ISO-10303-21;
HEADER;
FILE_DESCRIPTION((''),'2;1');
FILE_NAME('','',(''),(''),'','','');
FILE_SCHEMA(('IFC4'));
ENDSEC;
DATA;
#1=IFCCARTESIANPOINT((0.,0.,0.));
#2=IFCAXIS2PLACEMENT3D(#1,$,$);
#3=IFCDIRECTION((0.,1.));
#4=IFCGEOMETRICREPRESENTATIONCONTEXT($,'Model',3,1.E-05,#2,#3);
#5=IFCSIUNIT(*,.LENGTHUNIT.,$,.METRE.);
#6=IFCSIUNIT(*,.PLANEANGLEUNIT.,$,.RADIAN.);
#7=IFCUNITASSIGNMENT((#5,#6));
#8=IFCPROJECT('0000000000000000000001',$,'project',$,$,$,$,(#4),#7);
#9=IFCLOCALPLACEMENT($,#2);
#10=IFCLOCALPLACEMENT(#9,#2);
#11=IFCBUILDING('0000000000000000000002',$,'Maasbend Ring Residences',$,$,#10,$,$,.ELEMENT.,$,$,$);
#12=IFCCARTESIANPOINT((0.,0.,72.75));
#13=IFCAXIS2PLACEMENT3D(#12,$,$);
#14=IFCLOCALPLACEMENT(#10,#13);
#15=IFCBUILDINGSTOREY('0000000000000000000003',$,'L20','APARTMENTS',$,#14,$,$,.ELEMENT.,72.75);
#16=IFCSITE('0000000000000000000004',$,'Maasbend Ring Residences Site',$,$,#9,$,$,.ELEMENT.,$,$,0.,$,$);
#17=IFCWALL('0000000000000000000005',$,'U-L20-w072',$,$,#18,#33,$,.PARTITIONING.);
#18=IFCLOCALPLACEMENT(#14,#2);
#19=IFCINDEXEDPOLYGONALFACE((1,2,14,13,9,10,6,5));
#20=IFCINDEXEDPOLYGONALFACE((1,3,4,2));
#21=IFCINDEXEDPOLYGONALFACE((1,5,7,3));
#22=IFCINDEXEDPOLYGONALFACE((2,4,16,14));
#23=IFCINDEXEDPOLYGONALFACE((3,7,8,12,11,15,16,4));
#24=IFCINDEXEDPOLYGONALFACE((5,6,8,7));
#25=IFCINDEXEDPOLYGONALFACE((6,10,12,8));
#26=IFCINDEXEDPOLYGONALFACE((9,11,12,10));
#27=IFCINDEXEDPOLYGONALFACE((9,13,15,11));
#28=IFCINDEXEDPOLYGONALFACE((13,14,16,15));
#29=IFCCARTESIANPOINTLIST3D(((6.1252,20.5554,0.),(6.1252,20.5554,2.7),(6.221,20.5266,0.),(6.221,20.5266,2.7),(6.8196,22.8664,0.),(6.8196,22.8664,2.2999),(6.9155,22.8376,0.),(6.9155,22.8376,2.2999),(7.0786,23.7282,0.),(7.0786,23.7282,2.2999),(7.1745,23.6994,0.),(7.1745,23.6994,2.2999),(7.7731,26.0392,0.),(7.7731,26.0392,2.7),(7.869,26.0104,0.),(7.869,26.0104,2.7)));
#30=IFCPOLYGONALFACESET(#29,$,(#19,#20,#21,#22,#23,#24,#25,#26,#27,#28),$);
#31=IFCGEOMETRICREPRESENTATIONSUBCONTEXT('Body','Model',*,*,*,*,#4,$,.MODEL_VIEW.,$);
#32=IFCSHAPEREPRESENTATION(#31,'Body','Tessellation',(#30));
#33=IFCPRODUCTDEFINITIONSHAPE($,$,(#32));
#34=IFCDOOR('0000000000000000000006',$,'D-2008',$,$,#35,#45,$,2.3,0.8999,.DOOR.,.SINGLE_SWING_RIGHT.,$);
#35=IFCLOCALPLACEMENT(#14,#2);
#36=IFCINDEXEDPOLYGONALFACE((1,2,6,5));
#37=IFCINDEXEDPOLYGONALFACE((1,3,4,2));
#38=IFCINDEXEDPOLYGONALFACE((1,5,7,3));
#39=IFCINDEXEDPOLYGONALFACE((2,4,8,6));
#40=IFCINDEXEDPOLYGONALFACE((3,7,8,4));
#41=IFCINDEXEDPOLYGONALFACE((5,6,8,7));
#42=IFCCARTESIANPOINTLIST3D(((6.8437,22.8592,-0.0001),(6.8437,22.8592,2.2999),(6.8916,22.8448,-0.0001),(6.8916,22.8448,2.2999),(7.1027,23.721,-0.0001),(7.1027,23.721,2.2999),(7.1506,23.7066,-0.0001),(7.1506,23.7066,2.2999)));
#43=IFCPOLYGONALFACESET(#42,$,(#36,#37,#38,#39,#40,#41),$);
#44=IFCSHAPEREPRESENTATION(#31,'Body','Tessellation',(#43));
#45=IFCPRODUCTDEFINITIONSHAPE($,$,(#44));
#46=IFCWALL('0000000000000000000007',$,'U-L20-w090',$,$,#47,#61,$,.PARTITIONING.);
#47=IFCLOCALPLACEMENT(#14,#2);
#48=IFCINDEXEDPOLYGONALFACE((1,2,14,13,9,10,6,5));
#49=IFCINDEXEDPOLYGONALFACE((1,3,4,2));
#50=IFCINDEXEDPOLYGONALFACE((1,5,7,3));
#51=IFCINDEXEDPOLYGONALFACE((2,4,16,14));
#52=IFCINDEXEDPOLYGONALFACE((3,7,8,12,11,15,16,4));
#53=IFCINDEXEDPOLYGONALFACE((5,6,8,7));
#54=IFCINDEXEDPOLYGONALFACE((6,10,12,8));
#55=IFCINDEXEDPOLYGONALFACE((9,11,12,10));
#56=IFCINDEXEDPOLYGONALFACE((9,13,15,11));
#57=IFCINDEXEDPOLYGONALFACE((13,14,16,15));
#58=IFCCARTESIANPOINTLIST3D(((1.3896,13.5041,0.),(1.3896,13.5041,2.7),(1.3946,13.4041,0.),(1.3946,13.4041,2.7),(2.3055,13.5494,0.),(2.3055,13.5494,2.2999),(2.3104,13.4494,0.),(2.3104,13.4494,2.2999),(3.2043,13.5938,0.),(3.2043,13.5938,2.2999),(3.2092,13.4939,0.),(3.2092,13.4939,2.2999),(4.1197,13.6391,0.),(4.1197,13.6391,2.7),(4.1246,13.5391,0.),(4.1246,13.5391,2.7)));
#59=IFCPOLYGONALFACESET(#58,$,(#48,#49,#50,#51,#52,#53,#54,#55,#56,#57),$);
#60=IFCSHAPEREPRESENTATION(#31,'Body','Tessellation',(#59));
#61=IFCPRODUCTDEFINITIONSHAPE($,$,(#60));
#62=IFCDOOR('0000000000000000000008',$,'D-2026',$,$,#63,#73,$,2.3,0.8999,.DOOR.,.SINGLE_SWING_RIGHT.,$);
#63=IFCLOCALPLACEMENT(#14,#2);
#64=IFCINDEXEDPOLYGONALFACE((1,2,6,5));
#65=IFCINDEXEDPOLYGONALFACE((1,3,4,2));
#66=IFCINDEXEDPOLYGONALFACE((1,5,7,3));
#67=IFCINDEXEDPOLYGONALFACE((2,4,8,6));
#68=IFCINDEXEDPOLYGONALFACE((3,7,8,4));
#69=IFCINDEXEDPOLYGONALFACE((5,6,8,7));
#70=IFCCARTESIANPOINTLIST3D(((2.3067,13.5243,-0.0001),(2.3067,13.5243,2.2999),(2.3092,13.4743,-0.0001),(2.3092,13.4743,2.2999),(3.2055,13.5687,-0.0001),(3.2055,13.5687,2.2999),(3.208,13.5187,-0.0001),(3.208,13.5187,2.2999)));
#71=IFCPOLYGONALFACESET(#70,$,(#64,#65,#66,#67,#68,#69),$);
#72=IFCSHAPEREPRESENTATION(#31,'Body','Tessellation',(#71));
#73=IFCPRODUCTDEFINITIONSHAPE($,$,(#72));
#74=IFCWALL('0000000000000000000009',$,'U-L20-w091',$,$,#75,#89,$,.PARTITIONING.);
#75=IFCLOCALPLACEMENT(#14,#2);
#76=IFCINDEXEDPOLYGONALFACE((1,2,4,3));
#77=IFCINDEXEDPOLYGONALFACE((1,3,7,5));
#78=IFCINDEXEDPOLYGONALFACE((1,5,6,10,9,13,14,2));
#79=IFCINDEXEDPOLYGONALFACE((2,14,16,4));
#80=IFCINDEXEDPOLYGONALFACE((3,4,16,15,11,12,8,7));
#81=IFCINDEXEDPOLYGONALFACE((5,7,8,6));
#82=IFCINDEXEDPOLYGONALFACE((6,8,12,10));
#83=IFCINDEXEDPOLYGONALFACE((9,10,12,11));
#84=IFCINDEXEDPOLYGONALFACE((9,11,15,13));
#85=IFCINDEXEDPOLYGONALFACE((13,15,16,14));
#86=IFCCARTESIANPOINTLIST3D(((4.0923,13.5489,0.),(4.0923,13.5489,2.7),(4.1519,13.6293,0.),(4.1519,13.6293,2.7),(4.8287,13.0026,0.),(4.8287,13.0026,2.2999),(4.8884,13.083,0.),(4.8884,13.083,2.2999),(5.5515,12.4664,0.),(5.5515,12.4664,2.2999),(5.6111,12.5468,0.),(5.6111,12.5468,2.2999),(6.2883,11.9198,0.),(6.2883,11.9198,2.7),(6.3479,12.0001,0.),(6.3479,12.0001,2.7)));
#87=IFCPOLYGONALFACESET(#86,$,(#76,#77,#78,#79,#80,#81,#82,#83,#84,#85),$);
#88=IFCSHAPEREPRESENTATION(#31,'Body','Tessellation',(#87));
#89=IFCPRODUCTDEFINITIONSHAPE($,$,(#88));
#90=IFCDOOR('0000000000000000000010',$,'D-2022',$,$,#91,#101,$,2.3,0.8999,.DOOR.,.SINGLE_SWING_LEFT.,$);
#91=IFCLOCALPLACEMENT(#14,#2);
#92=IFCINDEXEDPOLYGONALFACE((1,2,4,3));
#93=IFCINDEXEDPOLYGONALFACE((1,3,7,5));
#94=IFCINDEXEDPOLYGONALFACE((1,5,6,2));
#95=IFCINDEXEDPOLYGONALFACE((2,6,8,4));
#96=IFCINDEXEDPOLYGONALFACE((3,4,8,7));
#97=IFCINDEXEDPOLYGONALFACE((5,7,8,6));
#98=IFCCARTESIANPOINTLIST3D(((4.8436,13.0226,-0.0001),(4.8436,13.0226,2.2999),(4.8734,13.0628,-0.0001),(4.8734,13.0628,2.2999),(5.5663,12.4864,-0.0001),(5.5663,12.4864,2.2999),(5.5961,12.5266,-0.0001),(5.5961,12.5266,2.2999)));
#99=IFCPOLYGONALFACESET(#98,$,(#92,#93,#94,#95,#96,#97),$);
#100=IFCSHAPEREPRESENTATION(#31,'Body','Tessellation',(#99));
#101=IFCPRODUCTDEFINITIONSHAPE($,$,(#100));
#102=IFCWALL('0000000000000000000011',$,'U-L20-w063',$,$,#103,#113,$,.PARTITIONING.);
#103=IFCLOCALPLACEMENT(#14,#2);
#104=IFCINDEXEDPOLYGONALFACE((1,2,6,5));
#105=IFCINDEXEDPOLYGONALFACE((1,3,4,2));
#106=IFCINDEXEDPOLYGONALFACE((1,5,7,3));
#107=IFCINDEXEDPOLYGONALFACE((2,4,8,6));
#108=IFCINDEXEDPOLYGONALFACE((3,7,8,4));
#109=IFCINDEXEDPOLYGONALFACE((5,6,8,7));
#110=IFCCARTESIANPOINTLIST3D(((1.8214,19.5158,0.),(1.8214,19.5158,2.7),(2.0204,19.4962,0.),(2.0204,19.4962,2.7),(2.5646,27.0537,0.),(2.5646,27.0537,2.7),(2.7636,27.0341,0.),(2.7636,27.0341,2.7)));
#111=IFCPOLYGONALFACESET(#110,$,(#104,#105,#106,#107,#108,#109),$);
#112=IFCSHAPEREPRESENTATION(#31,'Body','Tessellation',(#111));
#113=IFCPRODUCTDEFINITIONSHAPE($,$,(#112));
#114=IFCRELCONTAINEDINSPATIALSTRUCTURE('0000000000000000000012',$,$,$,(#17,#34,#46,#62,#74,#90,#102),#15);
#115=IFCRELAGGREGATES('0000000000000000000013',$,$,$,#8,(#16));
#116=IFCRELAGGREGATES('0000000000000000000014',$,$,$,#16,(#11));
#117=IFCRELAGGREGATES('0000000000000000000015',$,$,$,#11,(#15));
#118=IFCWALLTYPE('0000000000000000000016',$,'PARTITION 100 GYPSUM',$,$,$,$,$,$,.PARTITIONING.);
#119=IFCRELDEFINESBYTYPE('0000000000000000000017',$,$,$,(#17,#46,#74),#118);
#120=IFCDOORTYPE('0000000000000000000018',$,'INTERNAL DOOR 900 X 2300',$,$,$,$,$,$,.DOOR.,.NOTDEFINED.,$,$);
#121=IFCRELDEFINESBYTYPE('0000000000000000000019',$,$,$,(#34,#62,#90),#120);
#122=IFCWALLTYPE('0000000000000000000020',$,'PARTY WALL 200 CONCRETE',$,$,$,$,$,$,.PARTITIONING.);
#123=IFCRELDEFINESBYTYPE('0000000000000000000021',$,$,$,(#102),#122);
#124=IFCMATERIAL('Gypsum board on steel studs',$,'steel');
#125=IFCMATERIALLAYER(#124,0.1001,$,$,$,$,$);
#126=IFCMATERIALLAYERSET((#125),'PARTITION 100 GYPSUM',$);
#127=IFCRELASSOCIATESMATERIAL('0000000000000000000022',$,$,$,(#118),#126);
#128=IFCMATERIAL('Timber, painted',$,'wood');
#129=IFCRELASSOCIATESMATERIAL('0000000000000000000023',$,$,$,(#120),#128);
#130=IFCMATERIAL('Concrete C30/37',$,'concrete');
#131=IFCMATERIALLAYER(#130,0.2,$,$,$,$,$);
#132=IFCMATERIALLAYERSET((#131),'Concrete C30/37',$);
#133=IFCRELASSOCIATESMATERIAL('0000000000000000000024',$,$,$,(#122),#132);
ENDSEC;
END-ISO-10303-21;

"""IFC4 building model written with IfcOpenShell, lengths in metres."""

from ifc_helpers import new_model, si_unit, direction, frame, frame_2d, origin, place, context, subcontext, project, spatial, rectangle, extrude, material, layer, layer_set, type_object, element, fill, save


model = new_model("IFC4")

# Units and contexts
model_context = context("Model", 3, precision=1e-05, world=origin(), true_north=direction((0.0, 1.0)))
body_context = subcontext(model_context, "Body", "Model", "MODEL_VIEW")
ifc_project = project(units=[si_unit("LENGTHUNIT", "METRE"), si_unit("PLANEANGLEUNIT", "RADIAN")], contexts=[model_context])

# Site, building, storey
site_placement = place(None, origin())
site = spatial("IfcSite", under=ifc_project, at=site_placement, Name="Maasbend Ring Residences Site", CompositionType="ELEMENT", RefElevation=0.0)
building_placement = place(site_placement, origin())
building = spatial("IfcBuilding", under=site, at=building_placement, Name="Maasbend Ring Residences", CompositionType="ELEMENT")
storey_placement = place(building_placement, frame((0.0, 0.0, 72.75)))
storey = spatial("IfcBuildingStorey", under=building, at=storey_placement, Name="L20", Description="APARTMENTS", CompositionType="ELEMENT", Elevation=72.75)

# Shared definitions
ifc_material_1 = material(Name="Gypsum board on steel studs", Category="steel")
ifc_layer_1 = layer(ifc_material_1, 0.1001)
ifc_layer_set_1 = layer_set([ifc_layer_1], Name="PARTITION 100 GYPSUM")
wall_type_1 = type_object("IfcWallType", Name="PARTITION 100 GYPSUM", PredefinedType="PARTITIONING", material=ifc_layer_set_1)
ifc_material_2 = material(Name="Timber, painted", Category="wood")
door_type_1 = type_object("IfcDoorType", Name="INTERNAL DOOR 900 X 2300", OperationType="NOTDEFINED", PredefinedType="DOOR", material=ifc_material_2)

# Walls, openings, doors
wall_1_placement = place(storey_placement, frame((6.1731, 20.541, 0.0), z_axis=(0.0, 0.0, 1.0), x_axis=(0.287794, 0.957692, 0.0)))
wall_1 = element("IfcWall", 1, at=wall_1_placement, inside=storey, type_object=wall_type_1, Name="U-L20-w072", PredefinedType="PARTITIONING", context=body_context, shape_type="SweptSolid", body=[
    extrude(rectangle(XDim=5.7261, YDim=0.1001, at=frame_2d((2.863, 0.0))), origin(), (0.0, 0.0, 1.0), 2.7),
])
opening_1_placement = place(wall_1_placement, frame((2.4131, 0.0, 0.0)))
opening_1 = element("IfcOpeningElement", 2, at=opening_1_placement, cuts=wall_1, PredefinedType="OPENING", context=body_context, shape_type="SweptSolid", body=[
    extrude(rectangle(XDim=0.8999, YDim=2.3, at=frame_2d((0.45, 1.1499))), frame((0.0, 0.0601, 0.0), z_axis=(0.0, -1.0, 0.0), x_axis=(1.0, 0.0, 0.0)), (0.0, 0.0, 1.0), 0.1201),
])
door_1_placement = place(opening_1_placement, origin())
door_1 = element("IfcDoor", 3, at=door_1_placement, inside=storey, type_object=door_type_1, Name="D-2008", OperationType="SINGLE_SWING_RIGHT", OverallHeight=2.3, OverallWidth=0.8999, PredefinedType="DOOR", context=body_context, shape_type="SweptSolid", body=[
    extrude(rectangle(XDim=0.8999, YDim=2.3, at=frame_2d((0.45, 1.1499))), frame((0.0, 0.0249, 0.0), z_axis=(0.0, -1.0, 0.0), x_axis=(1.0, 0.0, 0.0)), (0.0, 0.0, 1.0), 0.05),
])
fill(opening_1, door_1)
wall_2_placement = place(storey_placement, frame((1.3921, 13.4541, 0.0), z_axis=(0.0, 0.0, 1.0), x_axis=(0.998779, 0.049394, 0.0)))
wall_2 = element("IfcWall", 4, at=wall_2_placement, inside=storey, type_object=wall_type_1, Name="U-L20-w090", PredefinedType="PARTITIONING", context=body_context, shape_type="SweptSolid", body=[
    extrude(rectangle(XDim=2.7334, YDim=0.1001, at=frame_2d((1.3667, 0.0))), origin(), (0.0, 0.0, 1.0), 2.7),
])
opening_2_placement = place(wall_2_placement, frame((0.917, 0.0, 0.0)))
opening_2 = element("IfcOpeningElement", 5, at=opening_2_placement, cuts=wall_2, PredefinedType="OPENING", context=body_context, shape_type="SweptSolid", body=[
    extrude(rectangle(XDim=0.8999, YDim=2.3, at=frame_2d((0.45, 1.1499))), frame((0.0, 0.0601, 0.0), z_axis=(0.0, -1.0, 0.0), x_axis=(1.0, 0.0, 0.0)), (0.0, 0.0, 1.0), 0.1201),
])
door_2_placement = place(opening_2_placement, origin())
door_2 = element("IfcDoor", 6, at=door_2_placement, inside=storey, type_object=door_type_1, Name="D-2026", OperationType="SINGLE_SWING_RIGHT", OverallHeight=2.3, OverallWidth=0.8999, PredefinedType="DOOR", context=body_context, shape_type="SweptSolid", body=[
    extrude(rectangle(XDim=0.8999, YDim=2.3, at=frame_2d((0.45, 1.1499))), frame((0.0, 0.0249, 0.0), z_axis=(0.0, -1.0, 0.0), x_axis=(1.0, 0.0, 0.0)), (0.0, 0.0, 1.0), 0.05),
])
fill(opening_2, door_2)
wall_3_placement = place(storey_placement, frame((4.1221, 13.5891, 0.0), z_axis=(0.0, 0.0, 1.0), x_axis=(0.803128, -0.595806, 0.0)))
wall_3 = element("IfcWall", 7, at=wall_3_placement, inside=storey, type_object=wall_type_1, Name="U-L20-w091", PredefinedType="PARTITIONING", context=body_context, shape_type="SweptSolid", body=[
    extrude(rectangle(XDim=2.7344, YDim=0.1001, at=frame_2d((1.3672, 0.0))), origin(), (0.0, 0.0, 1.0), 2.7),
])
opening_3_placement = place(wall_3_placement, frame((0.917, 0.0, 0.0)))
opening_3 = element("IfcOpeningElement", 8, at=opening_3_placement, cuts=wall_3, PredefinedType="OPENING", context=body_context, shape_type="SweptSolid", body=[
    extrude(rectangle(XDim=0.8999, YDim=2.3, at=frame_2d((0.45, 1.1499))), frame((0.0, 0.0601, 0.0), z_axis=(0.0, -1.0, 0.0), x_axis=(1.0, 0.0, 0.0)), (0.0, 0.0, 1.0), 0.1201),
])
door_3_placement = place(opening_3_placement, origin())
door_3 = element("IfcDoor", 9, at=door_3_placement, inside=storey, type_object=door_type_1, Name="D-2022", OperationType="SINGLE_SWING_LEFT", OverallHeight=2.3, OverallWidth=0.8999, PredefinedType="DOOR", context=body_context, shape_type="SweptSolid", body=[
    extrude(rectangle(XDim=0.8999, YDim=2.3, at=frame_2d((0.45, 1.1499))), frame((0.0, 0.0249, 0.0), z_axis=(0.0, -1.0, 0.0), x_axis=(1.0, 0.0, 0.0)), (0.0, 0.0, 1.0), 0.05),
])
fill(opening_3, door_3)

# Wall
ifc_material_3 = material(Name="Concrete C30/37", Category="concrete")
ifc_layer_2 = layer(ifc_material_3, 0.2)
ifc_layer_set_2 = layer_set([ifc_layer_2], Name="Concrete C30/37")
wall_type_2 = type_object("IfcWallType", Name="PARTY WALL 200 CONCRETE", PredefinedType="PARTITIONING", material=ifc_layer_set_2)
wall_4_placement = place(storey_placement, frame((1.9209, 19.5061, 0.0), z_axis=(0.0, 0.0, 1.0), x_axis=(0.098115, 0.995175, 0.0)))
element("IfcWall", 10, at=wall_4_placement, inside=storey, type_object=wall_type_2, Name="U-L20-w063", PredefinedType="PARTITIONING", context=body_context, shape_type="SweptSolid", body=[
    extrude(rectangle(XDim=7.5745, YDim=0.2, at=frame_2d((3.7871, 0.0))), origin(), (0.0, 0.0, 1.0), 2.7),
])

save(model, "model.ifc")
